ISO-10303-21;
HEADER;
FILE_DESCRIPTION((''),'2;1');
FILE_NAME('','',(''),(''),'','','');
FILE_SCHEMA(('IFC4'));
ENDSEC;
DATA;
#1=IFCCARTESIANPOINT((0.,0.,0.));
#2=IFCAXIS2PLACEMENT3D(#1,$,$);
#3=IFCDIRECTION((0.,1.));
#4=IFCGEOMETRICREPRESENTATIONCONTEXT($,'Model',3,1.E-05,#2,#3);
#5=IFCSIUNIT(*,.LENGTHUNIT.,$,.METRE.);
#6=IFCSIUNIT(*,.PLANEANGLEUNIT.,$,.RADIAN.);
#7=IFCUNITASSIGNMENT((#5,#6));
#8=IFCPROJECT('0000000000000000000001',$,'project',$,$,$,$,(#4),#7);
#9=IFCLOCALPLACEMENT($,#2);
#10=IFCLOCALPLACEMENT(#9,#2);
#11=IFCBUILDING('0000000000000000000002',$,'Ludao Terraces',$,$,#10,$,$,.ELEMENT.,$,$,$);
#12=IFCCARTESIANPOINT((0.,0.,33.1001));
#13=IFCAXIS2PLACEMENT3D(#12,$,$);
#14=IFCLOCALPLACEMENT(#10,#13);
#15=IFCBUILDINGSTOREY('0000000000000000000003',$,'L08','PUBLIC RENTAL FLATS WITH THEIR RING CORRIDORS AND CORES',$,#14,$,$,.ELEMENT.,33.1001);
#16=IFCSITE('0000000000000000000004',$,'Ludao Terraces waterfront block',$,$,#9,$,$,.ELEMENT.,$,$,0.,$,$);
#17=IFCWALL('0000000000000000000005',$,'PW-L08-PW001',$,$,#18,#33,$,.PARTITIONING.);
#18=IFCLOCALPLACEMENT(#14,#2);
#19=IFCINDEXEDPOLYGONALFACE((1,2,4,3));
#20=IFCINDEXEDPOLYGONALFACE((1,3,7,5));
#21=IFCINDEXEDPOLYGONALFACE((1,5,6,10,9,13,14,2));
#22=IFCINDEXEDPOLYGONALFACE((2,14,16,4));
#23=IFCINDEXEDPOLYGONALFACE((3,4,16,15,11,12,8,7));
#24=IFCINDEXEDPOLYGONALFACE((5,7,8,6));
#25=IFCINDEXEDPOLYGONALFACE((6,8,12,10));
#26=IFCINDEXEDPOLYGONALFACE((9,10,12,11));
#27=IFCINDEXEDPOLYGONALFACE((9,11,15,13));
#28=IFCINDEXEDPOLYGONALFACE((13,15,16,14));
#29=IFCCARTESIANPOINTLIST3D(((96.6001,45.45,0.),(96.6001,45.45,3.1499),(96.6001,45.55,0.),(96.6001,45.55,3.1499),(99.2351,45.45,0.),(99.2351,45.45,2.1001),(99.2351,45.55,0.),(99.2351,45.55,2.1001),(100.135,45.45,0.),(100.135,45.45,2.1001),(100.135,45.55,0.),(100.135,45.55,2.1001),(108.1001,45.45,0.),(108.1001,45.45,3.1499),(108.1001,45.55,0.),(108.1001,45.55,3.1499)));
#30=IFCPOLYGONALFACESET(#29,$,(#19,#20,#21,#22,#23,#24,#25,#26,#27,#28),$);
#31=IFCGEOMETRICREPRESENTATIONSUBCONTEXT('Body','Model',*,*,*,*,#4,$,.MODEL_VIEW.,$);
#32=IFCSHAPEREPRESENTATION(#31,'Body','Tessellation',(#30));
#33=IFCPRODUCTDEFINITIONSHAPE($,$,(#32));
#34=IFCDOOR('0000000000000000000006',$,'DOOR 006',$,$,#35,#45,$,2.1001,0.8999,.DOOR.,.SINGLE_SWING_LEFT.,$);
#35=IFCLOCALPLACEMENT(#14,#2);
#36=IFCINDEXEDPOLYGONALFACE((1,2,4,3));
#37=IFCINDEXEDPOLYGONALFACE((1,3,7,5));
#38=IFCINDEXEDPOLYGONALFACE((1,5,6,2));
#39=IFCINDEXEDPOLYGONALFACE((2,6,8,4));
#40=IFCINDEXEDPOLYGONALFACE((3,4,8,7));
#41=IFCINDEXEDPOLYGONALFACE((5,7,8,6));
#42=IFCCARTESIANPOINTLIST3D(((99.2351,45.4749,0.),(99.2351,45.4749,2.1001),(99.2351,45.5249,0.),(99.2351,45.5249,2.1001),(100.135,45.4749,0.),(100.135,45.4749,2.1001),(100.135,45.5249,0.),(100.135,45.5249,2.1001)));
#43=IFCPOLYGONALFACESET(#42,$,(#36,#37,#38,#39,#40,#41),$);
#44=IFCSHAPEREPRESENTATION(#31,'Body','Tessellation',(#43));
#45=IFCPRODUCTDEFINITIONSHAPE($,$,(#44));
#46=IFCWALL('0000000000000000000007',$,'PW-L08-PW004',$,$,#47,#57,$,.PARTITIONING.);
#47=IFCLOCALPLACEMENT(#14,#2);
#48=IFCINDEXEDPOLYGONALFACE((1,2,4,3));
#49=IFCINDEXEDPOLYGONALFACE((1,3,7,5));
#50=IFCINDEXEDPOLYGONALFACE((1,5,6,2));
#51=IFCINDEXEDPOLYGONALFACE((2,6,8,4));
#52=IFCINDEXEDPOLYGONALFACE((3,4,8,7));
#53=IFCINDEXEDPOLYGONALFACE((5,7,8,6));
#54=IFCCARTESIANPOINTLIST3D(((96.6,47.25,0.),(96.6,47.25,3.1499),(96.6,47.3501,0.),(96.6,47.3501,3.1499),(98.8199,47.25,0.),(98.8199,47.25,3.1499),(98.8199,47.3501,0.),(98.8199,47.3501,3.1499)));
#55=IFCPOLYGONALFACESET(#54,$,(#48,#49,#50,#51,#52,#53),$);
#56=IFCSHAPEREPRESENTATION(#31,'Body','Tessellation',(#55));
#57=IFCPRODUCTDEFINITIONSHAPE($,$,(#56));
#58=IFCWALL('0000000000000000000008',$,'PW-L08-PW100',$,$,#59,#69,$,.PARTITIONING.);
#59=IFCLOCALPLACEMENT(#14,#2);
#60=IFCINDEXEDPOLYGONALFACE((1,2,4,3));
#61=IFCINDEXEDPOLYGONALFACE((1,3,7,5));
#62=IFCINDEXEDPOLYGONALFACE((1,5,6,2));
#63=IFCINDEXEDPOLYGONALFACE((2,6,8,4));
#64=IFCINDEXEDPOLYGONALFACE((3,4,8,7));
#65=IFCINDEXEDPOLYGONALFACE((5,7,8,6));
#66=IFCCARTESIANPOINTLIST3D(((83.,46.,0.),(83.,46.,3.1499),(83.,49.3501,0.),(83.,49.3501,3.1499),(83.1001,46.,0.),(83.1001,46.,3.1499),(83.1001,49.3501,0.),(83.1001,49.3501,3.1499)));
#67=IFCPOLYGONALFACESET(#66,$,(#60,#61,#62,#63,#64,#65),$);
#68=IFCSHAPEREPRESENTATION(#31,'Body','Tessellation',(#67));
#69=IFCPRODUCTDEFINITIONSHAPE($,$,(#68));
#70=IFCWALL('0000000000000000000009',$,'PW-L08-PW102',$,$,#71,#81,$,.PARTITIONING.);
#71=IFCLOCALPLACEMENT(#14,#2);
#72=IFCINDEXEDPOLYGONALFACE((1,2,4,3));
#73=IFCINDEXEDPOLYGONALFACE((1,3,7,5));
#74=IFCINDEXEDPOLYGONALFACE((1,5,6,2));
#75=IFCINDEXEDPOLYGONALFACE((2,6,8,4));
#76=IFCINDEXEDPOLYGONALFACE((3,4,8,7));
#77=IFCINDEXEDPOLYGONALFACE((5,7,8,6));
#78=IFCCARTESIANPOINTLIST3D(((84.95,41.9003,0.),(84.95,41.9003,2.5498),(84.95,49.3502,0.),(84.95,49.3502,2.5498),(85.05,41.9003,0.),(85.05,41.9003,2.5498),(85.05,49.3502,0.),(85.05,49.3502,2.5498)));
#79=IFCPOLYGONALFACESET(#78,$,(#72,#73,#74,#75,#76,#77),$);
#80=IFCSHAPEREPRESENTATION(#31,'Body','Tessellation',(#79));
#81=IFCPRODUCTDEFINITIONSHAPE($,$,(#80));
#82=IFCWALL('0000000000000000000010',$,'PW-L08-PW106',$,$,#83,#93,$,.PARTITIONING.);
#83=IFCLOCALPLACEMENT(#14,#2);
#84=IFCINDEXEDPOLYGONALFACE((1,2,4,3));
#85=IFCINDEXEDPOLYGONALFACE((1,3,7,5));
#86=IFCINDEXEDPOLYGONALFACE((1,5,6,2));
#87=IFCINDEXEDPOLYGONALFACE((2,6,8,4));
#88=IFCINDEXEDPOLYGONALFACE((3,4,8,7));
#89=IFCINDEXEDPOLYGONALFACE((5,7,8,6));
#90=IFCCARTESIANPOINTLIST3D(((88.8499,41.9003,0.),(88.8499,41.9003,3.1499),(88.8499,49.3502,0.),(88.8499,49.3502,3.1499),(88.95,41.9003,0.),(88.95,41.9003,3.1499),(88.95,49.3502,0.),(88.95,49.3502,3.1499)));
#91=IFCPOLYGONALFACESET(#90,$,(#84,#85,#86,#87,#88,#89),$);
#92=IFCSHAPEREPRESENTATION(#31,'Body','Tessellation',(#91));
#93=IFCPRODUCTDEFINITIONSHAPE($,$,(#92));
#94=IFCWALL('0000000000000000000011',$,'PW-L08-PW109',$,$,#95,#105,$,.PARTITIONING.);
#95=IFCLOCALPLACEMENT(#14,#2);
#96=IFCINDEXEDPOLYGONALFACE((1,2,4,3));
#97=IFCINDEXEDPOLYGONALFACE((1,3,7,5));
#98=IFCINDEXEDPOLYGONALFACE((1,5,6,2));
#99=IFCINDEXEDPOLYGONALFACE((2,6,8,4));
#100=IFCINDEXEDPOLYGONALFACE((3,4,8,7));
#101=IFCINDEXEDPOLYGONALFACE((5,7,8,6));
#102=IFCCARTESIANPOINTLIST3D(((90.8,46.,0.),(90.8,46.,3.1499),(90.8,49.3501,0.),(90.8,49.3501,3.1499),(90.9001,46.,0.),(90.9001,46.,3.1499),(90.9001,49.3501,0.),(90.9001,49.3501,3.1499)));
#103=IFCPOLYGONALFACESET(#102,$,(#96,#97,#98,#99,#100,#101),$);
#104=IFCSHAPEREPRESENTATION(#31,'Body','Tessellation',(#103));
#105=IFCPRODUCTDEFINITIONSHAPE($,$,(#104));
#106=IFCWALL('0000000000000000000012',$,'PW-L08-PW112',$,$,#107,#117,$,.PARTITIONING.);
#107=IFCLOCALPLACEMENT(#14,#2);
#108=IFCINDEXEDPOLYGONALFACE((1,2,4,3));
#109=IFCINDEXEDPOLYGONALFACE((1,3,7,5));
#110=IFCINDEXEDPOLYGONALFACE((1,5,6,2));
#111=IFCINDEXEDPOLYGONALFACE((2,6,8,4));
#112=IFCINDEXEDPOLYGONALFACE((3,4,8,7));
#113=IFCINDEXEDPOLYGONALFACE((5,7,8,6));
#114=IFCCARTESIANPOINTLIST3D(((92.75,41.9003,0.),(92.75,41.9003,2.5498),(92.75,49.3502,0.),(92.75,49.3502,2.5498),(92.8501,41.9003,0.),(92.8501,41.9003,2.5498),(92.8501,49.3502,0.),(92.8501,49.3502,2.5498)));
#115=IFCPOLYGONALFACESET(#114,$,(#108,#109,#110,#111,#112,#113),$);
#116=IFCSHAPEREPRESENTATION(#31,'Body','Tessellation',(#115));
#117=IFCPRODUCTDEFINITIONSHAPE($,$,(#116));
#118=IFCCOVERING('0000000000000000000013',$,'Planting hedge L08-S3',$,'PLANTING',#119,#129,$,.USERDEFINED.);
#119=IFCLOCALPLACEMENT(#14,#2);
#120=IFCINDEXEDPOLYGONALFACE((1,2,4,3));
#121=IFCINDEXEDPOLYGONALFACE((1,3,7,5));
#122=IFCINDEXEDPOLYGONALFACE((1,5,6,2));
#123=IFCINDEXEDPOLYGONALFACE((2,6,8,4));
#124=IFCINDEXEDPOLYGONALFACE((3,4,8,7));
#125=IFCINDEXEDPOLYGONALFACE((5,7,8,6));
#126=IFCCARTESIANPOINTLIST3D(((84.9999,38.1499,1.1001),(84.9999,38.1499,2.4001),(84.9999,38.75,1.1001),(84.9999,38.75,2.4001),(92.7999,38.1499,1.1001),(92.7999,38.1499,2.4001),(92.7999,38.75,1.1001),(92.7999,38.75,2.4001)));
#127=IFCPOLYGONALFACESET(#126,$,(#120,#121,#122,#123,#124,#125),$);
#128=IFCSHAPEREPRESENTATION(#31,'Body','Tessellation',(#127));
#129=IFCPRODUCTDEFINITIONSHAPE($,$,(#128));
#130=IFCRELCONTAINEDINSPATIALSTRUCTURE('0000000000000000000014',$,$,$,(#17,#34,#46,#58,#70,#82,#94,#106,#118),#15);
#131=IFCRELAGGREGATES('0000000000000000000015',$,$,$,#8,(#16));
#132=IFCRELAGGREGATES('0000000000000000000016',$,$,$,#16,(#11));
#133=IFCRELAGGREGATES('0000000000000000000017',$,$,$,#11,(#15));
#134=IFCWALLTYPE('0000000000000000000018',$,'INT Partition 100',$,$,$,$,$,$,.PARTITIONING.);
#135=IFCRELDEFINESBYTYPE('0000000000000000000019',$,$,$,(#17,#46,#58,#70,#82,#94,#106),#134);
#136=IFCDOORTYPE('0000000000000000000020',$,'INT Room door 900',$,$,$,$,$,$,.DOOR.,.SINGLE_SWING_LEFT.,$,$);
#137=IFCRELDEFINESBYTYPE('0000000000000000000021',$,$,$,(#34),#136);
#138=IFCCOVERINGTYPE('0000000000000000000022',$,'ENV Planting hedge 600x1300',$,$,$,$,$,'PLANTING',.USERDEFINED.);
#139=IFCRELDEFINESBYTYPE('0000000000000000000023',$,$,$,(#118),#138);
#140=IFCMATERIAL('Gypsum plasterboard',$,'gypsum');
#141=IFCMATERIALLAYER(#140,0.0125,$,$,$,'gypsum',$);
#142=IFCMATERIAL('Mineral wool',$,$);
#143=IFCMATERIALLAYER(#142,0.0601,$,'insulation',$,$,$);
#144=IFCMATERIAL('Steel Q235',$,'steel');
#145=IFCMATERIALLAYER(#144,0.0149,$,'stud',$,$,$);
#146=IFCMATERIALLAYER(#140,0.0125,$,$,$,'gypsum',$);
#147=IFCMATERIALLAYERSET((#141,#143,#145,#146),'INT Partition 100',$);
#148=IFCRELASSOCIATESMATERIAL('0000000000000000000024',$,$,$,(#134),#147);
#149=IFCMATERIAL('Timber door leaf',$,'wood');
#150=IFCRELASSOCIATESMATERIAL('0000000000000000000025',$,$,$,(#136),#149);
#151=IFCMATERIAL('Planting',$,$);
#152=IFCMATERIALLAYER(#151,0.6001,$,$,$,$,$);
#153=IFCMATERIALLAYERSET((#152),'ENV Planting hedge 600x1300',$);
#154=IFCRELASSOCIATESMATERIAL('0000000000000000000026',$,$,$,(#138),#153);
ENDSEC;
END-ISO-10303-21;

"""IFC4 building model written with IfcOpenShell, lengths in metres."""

from ifc_helpers import new_model, si_unit, direction, frame, frame_2d, origin, origin_2d, place, context, subcontext, project, spatial, rectangle, extrude, material, layer, layer_set, type_object, element, fill, save


model = new_model("IFC4")

# Units and contexts
model_context = context("Model", 3, precision=1e-05, world=origin(), true_north=direction((0.0, 1.0)))
body_context = subcontext(model_context, "Body", "Model", "MODEL_VIEW")
ifc_project = project(units=[si_unit("LENGTHUNIT", "METRE"), si_unit("PLANEANGLEUNIT", "RADIAN")], contexts=[model_context])

# Site, building, storey
site_placement = place(None, origin())
site = spatial("IfcSite", under=ifc_project, at=site_placement, Name="Ludao Terraces waterfront block", CompositionType="ELEMENT", RefElevation=0.0)
building_placement = place(site_placement, origin())
building = spatial("IfcBuilding", under=site, at=building_placement, Name="Ludao Terraces", CompositionType="ELEMENT")
storey_placement = place(building_placement, frame((0.0, 0.0, 33.1001)))
storey = spatial("IfcBuildingStorey", under=building, at=storey_placement, Name="L08", Description="PUBLIC RENTAL FLATS WITH THEIR RING CORRIDORS AND CORES", CompositionType="ELEMENT", Elevation=33.1001)

# Shared definitions
ifc_material_1 = material(Name="Mineral wool")

# Wall, opening, door
ifc_material_2 = material(Name="Gypsum plasterboard", Category="gypsum")
ifc_layer_1 = layer(ifc_material_2, 0.0125, Category="gypsum")
ifc_layer_2 = layer(ifc_material_1, 0.0601, Name="insulation")
ifc_material_3 = material(Name="Steel Q235", Category="steel")
ifc_layer_3 = layer(ifc_material_3, 0.0149, Name="stud")
ifc_layer_4 = layer(ifc_material_2, 0.0125, Category="gypsum")
ifc_layer_set_1 = layer_set([ifc_layer_1, ifc_layer_2, ifc_layer_3, ifc_layer_4], Name="INT Partition 100")
wall_type_1 = type_object("IfcWallType", Name="INT Partition 100", PredefinedType="PARTITIONING", material=ifc_layer_set_1)
wall_1_placement = place(storey_placement, frame((96.6001, 45.5, 0.0), z_axis=(0.0, 0.0, 1.0), x_axis=(1.0, 0.0, 0.0)))
wall_1 = element("IfcWall", 1, at=wall_1_placement, inside=storey, type_object=wall_type_1, Name="PW-L08-PW001", PredefinedType="PARTITIONING", context=body_context, shape_type="SweptSolid", body=[
    extrude(rectangle(XDim=11.5, YDim=0.1001, at=frame_2d((5.75, 0.0))), origin(), (0.0, 0.0, 1.0), 3.1499),
])
opening_1_placement = place(wall_1_placement, frame((2.635, 0.0, 0.0)))
opening_1 = element("IfcOpeningElement", 2, at=opening_1_placement, cuts=wall_1, PredefinedType="OPENING", context=body_context, shape_type="SweptSolid", body=[
    extrude(rectangle(XDim=0.8999, YDim=2.1001, at=frame_2d((0.45, 1.05))), frame((0.0, 0.0601, 0.0), z_axis=(0.0, -1.0, 0.0), x_axis=(1.0, 0.0, 0.0)), (0.0, 0.0, 1.0), 0.1201),
])
ifc_material_4 = material(Name="Timber door leaf", Category="wood")
door_type_1 = type_object("IfcDoorType", Name="INT Room door 900", OperationType="SINGLE_SWING_LEFT", PredefinedType="DOOR", material=ifc_material_4)
door_1_placement = place(opening_1_placement, origin())
door_1 = element("IfcDoor", 3, at=door_1_placement, inside=storey, type_object=door_type_1, Name="DOOR 006", OperationType="SINGLE_SWING_LEFT", OverallHeight=2.1001, OverallWidth=0.8999, PredefinedType="DOOR", context=body_context, shape_type="SweptSolid", body=[
    extrude(rectangle(XDim=0.8999, YDim=2.1001, at=frame_2d((0.45, 1.05))), frame((0.0, 0.0249, 0.0), z_axis=(0.0, -1.0, 0.0), x_axis=(1.0, 0.0, 0.0)), (0.0, 0.0, 1.0), 0.05),
])
fill(opening_1, door_1)

# Walls
wall_2_placement = place(storey_placement, frame((96.6001, 47.3, 0.0), z_axis=(0.0, 0.0, 1.0), x_axis=(1.0, 0.0, 0.0)))
element("IfcWall", 4, at=wall_2_placement, inside=storey, type_object=wall_type_1, Name="PW-L08-PW004", PredefinedType="PARTITIONING", context=body_context, shape_type="SweptSolid", body=[
    extrude(rectangle(XDim=2.22, YDim=0.1001, at=frame_2d((1.1099, 0.0))), origin(), (0.0, 0.0, 1.0), 3.1499),
])
wall_3_placement = place(storey_placement, frame((83.05, 46.0, 0.0), z_axis=(0.0, 0.0, 1.0), x_axis=(0.0, 1.0, 0.0)))
element("IfcWall", 5, at=wall_3_placement, inside=storey, type_object=wall_type_1, Name="PW-L08-PW100", PredefinedType="PARTITIONING", context=body_context, shape_type="SweptSolid", body=[
    extrude(rectangle(XDim=3.3501, YDim=0.1001, at=frame_2d((1.675, 0.0))), origin(), (0.0, 0.0, 1.0), 3.1499),
])
wall_4_placement = place(storey_placement, frame((85.0, 41.9001, 0.0), z_axis=(0.0, 0.0, 1.0), x_axis=(0.0, 1.0, 0.0)))
element("IfcWall", 6, at=wall_4_placement, inside=storey, type_object=wall_type_1, Name="PW-L08-PW102", PredefinedType="PARTITIONING", context=body_context, shape_type="SweptSolid", body=[
    extrude(rectangle(XDim=7.45, YDim=0.1001, at=frame_2d((3.7251, 0.0))), origin(), (0.0, 0.0, 1.0), 2.5498),
])
wall_5_placement = place(storey_placement, frame((88.8999, 41.9001, 0.0), z_axis=(0.0, 0.0, 1.0), x_axis=(0.0, 1.0, 0.0)))
element("IfcWall", 7, at=wall_5_placement, inside=storey, type_object=wall_type_1, Name="PW-L08-PW106", PredefinedType="PARTITIONING", context=body_context, shape_type="SweptSolid", body=[
    extrude(rectangle(XDim=7.45, YDim=0.1001, at=frame_2d((3.7251, 0.0))), origin(), (0.0, 0.0, 1.0), 3.1499),
])
wall_6_placement = place(storey_placement, frame((90.8501, 46.0, 0.0), z_axis=(0.0, 0.0, 1.0), x_axis=(0.0, 1.0, 0.0)))
element("IfcWall", 8, at=wall_6_placement, inside=storey, type_object=wall_type_1, Name="PW-L08-PW109", PredefinedType="PARTITIONING", context=body_context, shape_type="SweptSolid", body=[
    extrude(rectangle(XDim=3.3501, YDim=0.1001, at=frame_2d((1.675, 0.0))), origin(), (0.0, 0.0, 1.0), 3.1499),
])
wall_7_placement = place(storey_placement, frame((92.8, 41.9001, 0.0), z_axis=(0.0, 0.0, 1.0), x_axis=(0.0, 1.0, 0.0)))
element("IfcWall", 9, at=wall_7_placement, inside=storey, type_object=wall_type_1, Name="PW-L08-PW112", PredefinedType="PARTITIONING", context=body_context, shape_type="SweptSolid", body=[
    extrude(rectangle(XDim=7.45, YDim=0.1001, at=frame_2d((3.7251, 0.0))), origin(), (0.0, 0.0, 1.0), 2.5498),
])

# Covering
ifc_material_5 = material(Name="Planting")
ifc_layer_5 = layer(ifc_material_5, 0.6001)
ifc_layer_set_2 = layer_set([ifc_layer_5], Name="ENV Planting hedge 600x1300")
covering_type = type_object("IfcCoveringType", Name="ENV Planting hedge 600x1300", ElementType="PLANTING", PredefinedType="USERDEFINED", material=ifc_layer_set_2)
covering_placement = place(storey_placement, frame((88.8999, 38.45, 1.1001), z_axis=(0.0, 0.0, 1.0), x_axis=(1.0, 0.0, 0.0)))
element("IfcCovering", 10, at=covering_placement, inside=storey, type_object=covering_type, Name="Planting hedge L08-S3", ObjectType="PLANTING", PredefinedType="USERDEFINED", context=body_context, shape_type="SweptSolid", body=[
    extrude(rectangle(XDim=7.8, YDim=0.6001, at=origin_2d()), origin(), (0.0, 0.0, 1.0), 1.3),
])

save(model, "model.ifc")
